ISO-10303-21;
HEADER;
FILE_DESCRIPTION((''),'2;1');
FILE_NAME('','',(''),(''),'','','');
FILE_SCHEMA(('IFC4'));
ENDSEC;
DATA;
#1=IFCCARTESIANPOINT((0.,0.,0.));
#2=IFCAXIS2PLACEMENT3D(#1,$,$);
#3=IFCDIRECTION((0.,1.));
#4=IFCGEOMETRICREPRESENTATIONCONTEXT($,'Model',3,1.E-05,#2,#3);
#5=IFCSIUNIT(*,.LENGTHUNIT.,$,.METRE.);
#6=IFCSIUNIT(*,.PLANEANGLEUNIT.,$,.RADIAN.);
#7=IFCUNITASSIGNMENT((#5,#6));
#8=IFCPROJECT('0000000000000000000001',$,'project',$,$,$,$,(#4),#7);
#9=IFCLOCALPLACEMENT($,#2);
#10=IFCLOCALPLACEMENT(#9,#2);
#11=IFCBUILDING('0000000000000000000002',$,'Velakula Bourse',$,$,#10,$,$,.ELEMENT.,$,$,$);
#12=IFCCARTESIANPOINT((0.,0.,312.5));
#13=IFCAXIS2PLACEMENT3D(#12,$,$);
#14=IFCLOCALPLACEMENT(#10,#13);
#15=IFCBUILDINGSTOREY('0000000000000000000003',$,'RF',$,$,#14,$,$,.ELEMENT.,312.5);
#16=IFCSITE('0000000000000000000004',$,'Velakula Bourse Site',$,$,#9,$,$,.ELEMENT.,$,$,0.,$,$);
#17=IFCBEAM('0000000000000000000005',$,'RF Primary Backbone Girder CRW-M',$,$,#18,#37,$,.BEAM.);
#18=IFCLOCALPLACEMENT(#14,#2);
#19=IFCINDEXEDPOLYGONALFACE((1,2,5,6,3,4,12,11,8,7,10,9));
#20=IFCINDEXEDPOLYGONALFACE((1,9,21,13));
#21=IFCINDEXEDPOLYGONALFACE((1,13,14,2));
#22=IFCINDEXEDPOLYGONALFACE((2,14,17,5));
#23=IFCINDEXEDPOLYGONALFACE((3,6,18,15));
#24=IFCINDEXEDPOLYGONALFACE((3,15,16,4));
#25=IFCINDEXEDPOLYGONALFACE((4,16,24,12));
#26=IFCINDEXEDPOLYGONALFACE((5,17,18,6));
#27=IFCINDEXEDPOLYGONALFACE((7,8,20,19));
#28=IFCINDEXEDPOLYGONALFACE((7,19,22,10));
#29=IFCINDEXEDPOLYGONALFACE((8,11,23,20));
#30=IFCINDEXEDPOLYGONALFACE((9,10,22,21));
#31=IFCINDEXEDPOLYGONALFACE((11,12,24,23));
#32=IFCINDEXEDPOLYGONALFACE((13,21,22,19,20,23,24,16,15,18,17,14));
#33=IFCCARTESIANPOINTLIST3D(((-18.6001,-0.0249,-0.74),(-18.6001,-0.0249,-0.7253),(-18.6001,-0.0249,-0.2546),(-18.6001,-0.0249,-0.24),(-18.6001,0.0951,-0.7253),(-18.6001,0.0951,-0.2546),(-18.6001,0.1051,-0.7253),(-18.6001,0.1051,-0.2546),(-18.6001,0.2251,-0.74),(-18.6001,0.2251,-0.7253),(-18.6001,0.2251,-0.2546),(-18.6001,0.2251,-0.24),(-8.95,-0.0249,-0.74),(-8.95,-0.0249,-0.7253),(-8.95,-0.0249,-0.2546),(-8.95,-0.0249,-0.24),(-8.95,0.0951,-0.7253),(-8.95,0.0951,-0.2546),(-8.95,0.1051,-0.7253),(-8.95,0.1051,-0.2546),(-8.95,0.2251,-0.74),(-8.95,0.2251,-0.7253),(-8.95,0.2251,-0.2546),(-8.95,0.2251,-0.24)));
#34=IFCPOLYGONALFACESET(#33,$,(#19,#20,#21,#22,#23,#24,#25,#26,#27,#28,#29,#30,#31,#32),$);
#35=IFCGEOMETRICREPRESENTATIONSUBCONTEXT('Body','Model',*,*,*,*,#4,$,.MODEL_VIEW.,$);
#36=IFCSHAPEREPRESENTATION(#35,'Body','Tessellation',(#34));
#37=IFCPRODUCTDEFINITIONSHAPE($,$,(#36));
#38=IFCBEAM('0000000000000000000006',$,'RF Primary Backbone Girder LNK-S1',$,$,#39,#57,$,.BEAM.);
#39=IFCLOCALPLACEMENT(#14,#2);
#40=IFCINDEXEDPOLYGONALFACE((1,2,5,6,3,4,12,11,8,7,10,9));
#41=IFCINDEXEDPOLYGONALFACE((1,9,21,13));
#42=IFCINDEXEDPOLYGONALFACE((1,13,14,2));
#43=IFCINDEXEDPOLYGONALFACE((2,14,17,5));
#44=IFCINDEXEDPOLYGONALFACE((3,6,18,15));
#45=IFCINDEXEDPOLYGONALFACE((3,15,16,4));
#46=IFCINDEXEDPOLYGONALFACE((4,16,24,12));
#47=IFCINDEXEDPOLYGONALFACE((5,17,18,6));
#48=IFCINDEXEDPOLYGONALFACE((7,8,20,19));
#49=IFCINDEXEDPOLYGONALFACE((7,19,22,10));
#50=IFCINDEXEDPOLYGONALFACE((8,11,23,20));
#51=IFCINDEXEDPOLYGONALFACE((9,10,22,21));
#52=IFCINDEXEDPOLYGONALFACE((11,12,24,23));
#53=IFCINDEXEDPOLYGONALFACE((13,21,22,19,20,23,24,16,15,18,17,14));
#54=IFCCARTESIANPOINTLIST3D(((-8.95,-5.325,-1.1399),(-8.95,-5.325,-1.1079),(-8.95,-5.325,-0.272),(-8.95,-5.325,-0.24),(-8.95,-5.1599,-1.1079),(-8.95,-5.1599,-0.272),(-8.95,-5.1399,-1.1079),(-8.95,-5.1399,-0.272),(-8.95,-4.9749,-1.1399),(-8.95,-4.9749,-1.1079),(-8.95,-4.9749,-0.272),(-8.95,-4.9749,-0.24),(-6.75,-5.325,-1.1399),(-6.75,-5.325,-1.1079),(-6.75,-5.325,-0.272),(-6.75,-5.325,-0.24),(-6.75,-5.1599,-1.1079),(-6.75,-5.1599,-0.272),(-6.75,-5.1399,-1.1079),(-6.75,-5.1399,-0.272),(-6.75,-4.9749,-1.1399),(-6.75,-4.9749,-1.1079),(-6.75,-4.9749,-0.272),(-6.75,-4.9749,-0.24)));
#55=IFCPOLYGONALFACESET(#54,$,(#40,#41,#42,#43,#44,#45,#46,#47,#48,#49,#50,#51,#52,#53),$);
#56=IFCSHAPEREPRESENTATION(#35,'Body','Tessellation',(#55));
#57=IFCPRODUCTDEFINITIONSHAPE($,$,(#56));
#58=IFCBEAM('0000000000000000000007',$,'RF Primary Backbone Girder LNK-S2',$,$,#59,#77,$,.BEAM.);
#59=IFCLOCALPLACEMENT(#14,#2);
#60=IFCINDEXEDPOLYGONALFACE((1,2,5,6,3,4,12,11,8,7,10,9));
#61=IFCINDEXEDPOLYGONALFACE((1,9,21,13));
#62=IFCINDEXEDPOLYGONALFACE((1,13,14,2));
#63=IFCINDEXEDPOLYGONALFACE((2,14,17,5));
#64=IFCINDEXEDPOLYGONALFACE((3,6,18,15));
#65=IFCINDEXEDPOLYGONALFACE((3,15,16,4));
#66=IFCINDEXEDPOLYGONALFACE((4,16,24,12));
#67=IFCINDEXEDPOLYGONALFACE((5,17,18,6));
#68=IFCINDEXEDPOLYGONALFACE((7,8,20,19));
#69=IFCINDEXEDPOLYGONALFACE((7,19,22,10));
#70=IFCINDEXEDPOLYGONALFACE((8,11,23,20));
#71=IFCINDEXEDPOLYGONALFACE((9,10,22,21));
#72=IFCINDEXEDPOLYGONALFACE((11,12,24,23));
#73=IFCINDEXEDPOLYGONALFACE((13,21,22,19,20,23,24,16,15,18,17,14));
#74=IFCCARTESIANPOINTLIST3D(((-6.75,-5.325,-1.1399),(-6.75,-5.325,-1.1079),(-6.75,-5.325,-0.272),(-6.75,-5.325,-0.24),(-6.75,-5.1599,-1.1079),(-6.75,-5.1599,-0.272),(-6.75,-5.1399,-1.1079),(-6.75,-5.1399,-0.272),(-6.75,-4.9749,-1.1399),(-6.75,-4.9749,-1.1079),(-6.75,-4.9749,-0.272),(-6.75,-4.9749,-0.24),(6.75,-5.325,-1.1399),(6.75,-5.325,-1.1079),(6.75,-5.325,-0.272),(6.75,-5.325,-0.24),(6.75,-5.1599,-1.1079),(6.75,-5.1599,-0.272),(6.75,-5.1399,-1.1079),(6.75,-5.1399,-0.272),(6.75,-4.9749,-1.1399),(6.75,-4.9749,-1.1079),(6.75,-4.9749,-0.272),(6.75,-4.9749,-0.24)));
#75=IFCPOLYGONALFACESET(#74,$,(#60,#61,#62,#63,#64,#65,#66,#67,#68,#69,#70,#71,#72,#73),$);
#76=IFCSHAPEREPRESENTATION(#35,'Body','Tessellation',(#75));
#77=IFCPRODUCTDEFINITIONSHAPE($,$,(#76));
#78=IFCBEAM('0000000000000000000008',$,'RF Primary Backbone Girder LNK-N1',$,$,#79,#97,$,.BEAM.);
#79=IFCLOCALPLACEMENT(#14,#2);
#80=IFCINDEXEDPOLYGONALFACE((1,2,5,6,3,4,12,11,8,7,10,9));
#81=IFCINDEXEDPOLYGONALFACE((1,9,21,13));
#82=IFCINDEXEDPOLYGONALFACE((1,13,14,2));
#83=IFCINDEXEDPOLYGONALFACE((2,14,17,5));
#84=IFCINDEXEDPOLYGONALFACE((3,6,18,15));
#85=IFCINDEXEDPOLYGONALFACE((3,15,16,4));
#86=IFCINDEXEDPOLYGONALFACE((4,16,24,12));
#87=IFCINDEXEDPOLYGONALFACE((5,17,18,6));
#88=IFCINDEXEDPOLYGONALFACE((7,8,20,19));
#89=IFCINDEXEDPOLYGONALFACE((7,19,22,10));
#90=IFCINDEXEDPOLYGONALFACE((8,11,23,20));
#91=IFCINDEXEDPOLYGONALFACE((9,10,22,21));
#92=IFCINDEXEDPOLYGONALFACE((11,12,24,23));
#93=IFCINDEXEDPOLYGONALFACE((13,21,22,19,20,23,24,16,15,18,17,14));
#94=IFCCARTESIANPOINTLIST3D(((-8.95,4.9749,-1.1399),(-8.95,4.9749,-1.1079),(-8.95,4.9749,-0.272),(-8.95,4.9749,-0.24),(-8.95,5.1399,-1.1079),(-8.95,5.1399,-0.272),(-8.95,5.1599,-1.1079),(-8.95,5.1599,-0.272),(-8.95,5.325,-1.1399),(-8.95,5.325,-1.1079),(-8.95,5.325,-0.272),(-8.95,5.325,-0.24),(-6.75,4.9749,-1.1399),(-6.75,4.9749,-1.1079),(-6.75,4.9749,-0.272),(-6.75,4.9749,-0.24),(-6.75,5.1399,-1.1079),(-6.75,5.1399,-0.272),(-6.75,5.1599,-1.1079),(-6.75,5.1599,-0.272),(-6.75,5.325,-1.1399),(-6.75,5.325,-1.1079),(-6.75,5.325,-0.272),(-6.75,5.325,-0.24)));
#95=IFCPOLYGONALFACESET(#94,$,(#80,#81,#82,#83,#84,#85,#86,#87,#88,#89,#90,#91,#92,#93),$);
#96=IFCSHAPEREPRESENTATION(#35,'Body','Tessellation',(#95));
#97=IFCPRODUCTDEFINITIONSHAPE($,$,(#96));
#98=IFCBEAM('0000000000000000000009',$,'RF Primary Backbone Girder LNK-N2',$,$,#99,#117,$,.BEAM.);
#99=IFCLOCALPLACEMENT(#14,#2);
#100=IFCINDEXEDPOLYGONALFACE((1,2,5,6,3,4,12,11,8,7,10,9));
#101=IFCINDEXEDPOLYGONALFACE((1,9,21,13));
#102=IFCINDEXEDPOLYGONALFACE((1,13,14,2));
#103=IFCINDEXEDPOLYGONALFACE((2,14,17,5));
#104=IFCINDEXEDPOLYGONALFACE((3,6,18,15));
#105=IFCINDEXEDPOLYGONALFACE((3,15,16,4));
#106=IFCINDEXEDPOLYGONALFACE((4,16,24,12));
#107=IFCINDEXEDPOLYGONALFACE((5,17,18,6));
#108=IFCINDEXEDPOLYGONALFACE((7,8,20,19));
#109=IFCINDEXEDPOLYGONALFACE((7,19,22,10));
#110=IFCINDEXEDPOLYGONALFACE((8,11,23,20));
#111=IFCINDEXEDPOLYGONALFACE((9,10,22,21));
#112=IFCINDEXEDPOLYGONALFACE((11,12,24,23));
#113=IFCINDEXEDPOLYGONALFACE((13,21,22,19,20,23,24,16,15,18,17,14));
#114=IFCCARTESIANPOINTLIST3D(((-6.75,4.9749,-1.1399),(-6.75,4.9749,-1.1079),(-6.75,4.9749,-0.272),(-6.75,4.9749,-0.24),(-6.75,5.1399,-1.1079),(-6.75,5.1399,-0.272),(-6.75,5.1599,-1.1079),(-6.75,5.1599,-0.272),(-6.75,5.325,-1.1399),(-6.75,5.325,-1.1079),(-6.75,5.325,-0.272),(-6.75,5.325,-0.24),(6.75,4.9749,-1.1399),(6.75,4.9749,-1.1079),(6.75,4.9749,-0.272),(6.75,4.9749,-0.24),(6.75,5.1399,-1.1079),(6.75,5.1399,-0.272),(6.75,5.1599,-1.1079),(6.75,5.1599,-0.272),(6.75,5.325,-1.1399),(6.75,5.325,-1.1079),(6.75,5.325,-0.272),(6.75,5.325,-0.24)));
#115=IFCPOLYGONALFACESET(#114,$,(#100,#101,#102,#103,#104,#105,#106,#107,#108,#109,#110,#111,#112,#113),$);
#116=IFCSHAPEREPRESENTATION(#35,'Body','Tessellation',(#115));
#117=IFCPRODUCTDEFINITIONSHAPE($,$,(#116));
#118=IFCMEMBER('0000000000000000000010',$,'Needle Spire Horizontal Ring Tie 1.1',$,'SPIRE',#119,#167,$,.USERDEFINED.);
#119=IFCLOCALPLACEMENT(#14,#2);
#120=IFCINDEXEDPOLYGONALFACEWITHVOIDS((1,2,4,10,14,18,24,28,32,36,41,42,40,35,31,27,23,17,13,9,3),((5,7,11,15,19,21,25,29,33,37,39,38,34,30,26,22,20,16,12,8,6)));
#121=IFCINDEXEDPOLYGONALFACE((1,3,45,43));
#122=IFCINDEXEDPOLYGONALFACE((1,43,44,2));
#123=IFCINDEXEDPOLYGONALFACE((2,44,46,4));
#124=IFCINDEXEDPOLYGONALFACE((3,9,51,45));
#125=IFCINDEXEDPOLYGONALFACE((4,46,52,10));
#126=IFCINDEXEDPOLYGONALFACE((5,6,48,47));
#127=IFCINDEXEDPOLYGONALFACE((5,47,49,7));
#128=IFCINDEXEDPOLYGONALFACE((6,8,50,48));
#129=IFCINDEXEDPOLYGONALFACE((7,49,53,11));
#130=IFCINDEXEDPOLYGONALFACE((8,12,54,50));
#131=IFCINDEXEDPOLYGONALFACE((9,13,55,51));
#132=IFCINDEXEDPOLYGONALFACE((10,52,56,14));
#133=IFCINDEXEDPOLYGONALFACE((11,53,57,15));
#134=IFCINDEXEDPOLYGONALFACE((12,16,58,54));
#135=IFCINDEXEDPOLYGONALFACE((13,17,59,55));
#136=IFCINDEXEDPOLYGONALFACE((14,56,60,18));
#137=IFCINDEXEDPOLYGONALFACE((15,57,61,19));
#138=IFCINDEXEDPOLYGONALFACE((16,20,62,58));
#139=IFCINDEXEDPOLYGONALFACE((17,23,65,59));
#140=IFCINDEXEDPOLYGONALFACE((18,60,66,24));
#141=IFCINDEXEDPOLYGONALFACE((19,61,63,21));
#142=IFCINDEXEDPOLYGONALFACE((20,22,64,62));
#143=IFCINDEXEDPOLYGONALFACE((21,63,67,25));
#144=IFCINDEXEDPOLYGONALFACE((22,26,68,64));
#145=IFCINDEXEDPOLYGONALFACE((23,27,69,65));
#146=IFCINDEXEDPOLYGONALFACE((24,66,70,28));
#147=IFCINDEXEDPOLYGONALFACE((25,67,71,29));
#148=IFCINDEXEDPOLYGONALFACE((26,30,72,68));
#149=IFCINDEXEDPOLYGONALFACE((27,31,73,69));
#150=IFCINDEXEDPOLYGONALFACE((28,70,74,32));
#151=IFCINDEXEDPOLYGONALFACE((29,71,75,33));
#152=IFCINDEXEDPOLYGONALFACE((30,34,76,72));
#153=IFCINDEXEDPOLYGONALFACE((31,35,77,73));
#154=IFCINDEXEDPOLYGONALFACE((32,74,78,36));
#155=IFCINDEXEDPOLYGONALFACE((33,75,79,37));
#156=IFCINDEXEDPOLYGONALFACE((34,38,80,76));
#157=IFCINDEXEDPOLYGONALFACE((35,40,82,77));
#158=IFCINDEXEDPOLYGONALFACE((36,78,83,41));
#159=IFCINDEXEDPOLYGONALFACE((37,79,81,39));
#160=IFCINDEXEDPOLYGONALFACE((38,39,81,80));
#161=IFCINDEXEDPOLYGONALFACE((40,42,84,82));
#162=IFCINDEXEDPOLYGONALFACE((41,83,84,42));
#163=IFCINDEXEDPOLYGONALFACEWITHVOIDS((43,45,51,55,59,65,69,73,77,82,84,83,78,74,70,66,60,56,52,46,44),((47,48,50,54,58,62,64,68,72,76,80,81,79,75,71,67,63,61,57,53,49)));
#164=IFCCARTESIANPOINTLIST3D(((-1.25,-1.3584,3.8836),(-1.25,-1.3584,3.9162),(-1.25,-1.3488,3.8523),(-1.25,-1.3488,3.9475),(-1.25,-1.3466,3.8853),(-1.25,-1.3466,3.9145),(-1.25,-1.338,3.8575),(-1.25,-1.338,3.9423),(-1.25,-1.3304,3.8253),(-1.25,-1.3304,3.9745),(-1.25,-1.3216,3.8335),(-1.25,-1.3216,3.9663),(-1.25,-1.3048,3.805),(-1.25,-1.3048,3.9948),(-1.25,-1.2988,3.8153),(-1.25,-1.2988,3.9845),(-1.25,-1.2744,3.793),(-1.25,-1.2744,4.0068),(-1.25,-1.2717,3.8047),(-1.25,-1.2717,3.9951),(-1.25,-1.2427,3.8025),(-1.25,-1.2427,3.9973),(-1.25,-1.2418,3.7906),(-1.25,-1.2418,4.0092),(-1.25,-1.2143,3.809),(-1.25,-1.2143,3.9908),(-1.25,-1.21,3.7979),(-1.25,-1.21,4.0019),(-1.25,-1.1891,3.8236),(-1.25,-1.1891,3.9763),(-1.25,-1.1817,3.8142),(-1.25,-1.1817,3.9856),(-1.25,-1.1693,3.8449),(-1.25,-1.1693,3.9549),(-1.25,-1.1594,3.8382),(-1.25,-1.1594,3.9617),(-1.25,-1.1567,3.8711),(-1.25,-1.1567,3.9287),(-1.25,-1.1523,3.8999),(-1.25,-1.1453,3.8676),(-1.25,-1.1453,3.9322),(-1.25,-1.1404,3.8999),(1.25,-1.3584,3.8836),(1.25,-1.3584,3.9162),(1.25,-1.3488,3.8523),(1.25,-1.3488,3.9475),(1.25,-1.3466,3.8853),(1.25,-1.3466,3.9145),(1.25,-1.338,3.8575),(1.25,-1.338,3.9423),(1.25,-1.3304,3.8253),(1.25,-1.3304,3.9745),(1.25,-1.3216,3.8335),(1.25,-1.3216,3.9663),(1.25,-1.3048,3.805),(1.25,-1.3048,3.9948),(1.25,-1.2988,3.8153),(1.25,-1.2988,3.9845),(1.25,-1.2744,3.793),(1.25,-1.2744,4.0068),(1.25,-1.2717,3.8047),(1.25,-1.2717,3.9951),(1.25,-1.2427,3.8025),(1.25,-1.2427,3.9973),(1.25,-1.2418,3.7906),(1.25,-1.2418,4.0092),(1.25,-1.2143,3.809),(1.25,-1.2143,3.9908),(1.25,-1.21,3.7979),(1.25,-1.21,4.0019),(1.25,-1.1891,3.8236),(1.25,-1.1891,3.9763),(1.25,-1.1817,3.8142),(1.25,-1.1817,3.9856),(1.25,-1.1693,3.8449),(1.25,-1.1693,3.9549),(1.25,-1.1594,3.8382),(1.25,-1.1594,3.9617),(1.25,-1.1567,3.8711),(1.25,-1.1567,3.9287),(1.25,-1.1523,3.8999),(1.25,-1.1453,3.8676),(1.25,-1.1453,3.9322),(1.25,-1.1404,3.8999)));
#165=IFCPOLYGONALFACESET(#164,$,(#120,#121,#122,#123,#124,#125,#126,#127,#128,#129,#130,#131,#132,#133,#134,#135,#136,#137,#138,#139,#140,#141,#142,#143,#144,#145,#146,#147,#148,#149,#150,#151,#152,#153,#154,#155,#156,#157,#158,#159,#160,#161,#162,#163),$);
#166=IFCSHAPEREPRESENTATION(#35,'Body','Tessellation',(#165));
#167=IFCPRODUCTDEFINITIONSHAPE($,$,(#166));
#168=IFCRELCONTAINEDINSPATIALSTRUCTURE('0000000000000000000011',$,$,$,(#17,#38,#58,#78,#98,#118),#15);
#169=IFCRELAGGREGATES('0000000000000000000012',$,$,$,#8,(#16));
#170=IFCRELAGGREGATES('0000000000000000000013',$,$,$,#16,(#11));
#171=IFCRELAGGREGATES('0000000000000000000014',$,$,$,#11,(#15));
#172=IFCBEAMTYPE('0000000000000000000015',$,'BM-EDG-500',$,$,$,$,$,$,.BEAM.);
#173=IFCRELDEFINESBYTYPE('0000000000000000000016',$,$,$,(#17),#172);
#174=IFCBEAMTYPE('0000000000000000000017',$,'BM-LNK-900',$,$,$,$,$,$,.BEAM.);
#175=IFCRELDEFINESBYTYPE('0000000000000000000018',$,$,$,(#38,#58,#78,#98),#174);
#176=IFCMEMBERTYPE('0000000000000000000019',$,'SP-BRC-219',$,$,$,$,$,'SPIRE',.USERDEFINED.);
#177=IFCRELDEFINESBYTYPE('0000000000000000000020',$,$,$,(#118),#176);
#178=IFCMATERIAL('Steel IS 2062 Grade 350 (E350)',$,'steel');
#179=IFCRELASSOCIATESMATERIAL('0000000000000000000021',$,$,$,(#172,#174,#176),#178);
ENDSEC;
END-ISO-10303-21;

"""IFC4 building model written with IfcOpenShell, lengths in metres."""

from ifc_helpers import new_model, si_unit, direction, frame, origin, origin_2d, place, context, subcontext, project, spatial, hollow_circle, i_section, extrude, material, material_profile, profile_set, type_object, element, save


model = new_model("IFC4")

# Units and contexts
model_context = context("Model", 3, precision=1e-05, world=origin(), true_north=direction((0.0, 1.0)))
body_context = subcontext(model_context, "Body", "Model", "MODEL_VIEW")
ifc_project = project(units=[si_unit("LENGTHUNIT", "METRE"), si_unit("PLANEANGLEUNIT", "RADIAN")], contexts=[model_context])

# Site, building, storey
site_placement = place(None, origin())
site = spatial("IfcSite", under=ifc_project, at=site_placement, Name="Velakula Bourse Site", CompositionType="ELEMENT", RefElevation=0.0)
building_placement = place(site_placement, origin())
building = spatial("IfcBuilding", under=site, at=building_placement, Name="Velakula Bourse", CompositionType="ELEMENT")
storey_placement = place(building_placement, frame((0.0, 0.0, 312.5)))
storey = spatial("IfcBuildingStorey", under=building, at=storey_placement, Name="RF", CompositionType="ELEMENT", Elevation=312.5)

# Beams
ifc_material_1 = material(Name="Steel IS 2062 Grade 350 (E350)", Category="steel")
ifc_material_profile_1 = material_profile(ifc_material_1, i_section(OverallWidth=0.25, OverallDepth=0.5, WebThickness=0.01, FlangeThickness=0.0146, at=origin_2d()), Name="Steel IS 2062 Grade 350 (E350)")
ifc_profile_set_1 = profile_set([ifc_material_profile_1], Name="Steel IS 2062 Grade 350 (E350)")
beam_type_1 = type_object("IfcBeamType", Name="BM-EDG-500", PredefinedType="BEAM", material=ifc_profile_set_1)
beam_1_placement = place(storey_placement, frame((-18.6001, 0.1001, -0.49), z_axis=(1.0, 0.0, 0.0), x_axis=(0.0, 1.0, 0.0)))
element("IfcBeam", 1, at=beam_1_placement, inside=storey, type_object=beam_type_1, Name="RF Primary Backbone Girder CRW-M", PredefinedType="BEAM", context=body_context, shape_type="SweptSolid", body=[
    extrude(i_section(OverallWidth=0.25, OverallDepth=0.5, WebThickness=0.01, FlangeThickness=0.0146, at=origin_2d()), origin(), (0.0, 0.0, 1.0), 9.6501),
])
ifc_material_profile_2 = material_profile(ifc_material_1, i_section(OverallWidth=0.3501, OverallDepth=0.8999, WebThickness=0.02, FlangeThickness=0.032, at=origin_2d()), Name="Steel IS 2062 Grade 350 (E350)")
ifc_profile_set_2 = profile_set([ifc_material_profile_2], Name="Steel IS 2062 Grade 350 (E350)")
beam_type_2 = type_object("IfcBeamType", Name="BM-LNK-900", PredefinedType="BEAM", material=ifc_profile_set_2)
beam_2_placement = place(storey_placement, frame((-8.95, -5.1499, -0.6899), z_axis=(1.0, 0.0, 0.0), x_axis=(0.0, 1.0, 0.0)))
element("IfcBeam", 2, at=beam_2_placement, inside=storey, type_object=beam_type_2, Name="RF Primary Backbone Girder LNK-S1", PredefinedType="BEAM", context=body_context, shape_type="SweptSolid", body=[
    extrude(i_section(OverallWidth=0.3501, OverallDepth=0.8999, WebThickness=0.02, FlangeThickness=0.032, at=origin_2d()), origin(), (0.0, 0.0, 1.0), 2.2),
])
beam_3_placement = place(storey_placement, frame((-6.75, -5.1499, -0.6899), z_axis=(1.0, 0.0, 0.0), x_axis=(0.0, 1.0, 0.0)))
element("IfcBeam", 3, at=beam_3_placement, inside=storey, type_object=beam_type_2, Name="RF Primary Backbone Girder LNK-S2", PredefinedType="BEAM", context=body_context, shape_type="SweptSolid", body=[
    extrude(i_section(OverallWidth=0.3501, OverallDepth=0.8999, WebThickness=0.02, FlangeThickness=0.032, at=origin_2d()), origin(), (0.0, 0.0, 1.0), 13.5),
])
beam_4_placement = place(storey_placement, frame((-8.95, 5.1499, -0.6899), z_axis=(1.0, 0.0, 0.0), x_axis=(0.0, 1.0, 0.0)))
element("IfcBeam", 4, at=beam_4_placement, inside=storey, type_object=beam_type_2, Name="RF Primary Backbone Girder LNK-N1", PredefinedType="BEAM", context=body_context, shape_type="SweptSolid", body=[
    extrude(i_section(OverallWidth=0.3501, OverallDepth=0.8999, WebThickness=0.02, FlangeThickness=0.032, at=origin_2d()), origin(), (0.0, 0.0, 1.0), 2.2),
])
beam_5_placement = place(storey_placement, frame((-6.75, 5.1499, -0.6899), z_axis=(1.0, 0.0, 0.0), x_axis=(0.0, 1.0, 0.0)))
element("IfcBeam", 5, at=beam_5_placement, inside=storey, type_object=beam_type_2, Name="RF Primary Backbone Girder LNK-N2", PredefinedType="BEAM", context=body_context, shape_type="SweptSolid", body=[
    extrude(i_section(OverallWidth=0.3501, OverallDepth=0.8999, WebThickness=0.02, FlangeThickness=0.032, at=origin_2d()), origin(), (0.0, 0.0, 1.0), 13.5),
])

# Member
ifc_material_profile_3 = material_profile(ifc_material_1, hollow_circle(Radius=0.1096, WallThickness=0.012, at=origin_2d()), Name="Steel IS 2062 Grade 350 (E350)")
ifc_profile_set_3 = profile_set([ifc_material_profile_3], Name="Steel IS 2062 Grade 350 (E350)")
member_type_1 = type_object("IfcMemberType", Name="SP-BRC-219", ElementType="SPIRE", PredefinedType="USERDEFINED", material=ifc_profile_set_3)
for number, where, z_axis, x_axis, name in (
    (6, (-1.25, -1.25, 3.8999), (1.0, 0.0, 0.0), (0.0, 1.0, 0.0), "Needle Spire Horizontal Ring Tie 1.1"),
):
    element("IfcMember", number, at=place(storey_placement, frame(where, z_axis=z_axis, x_axis=x_axis)), inside=storey, type_object=member_type_1, Name=name, ObjectType="SPIRE", PredefinedType="USERDEFINED", context=body_context, shape_type="SweptSolid", body=[
        extrude(hollow_circle(Radius=0.1096, WallThickness=0.012, at=origin_2d()), origin(), (0.0, 0.0, 1.0), 2.5),
    ])

save(model, "model.ifc")
